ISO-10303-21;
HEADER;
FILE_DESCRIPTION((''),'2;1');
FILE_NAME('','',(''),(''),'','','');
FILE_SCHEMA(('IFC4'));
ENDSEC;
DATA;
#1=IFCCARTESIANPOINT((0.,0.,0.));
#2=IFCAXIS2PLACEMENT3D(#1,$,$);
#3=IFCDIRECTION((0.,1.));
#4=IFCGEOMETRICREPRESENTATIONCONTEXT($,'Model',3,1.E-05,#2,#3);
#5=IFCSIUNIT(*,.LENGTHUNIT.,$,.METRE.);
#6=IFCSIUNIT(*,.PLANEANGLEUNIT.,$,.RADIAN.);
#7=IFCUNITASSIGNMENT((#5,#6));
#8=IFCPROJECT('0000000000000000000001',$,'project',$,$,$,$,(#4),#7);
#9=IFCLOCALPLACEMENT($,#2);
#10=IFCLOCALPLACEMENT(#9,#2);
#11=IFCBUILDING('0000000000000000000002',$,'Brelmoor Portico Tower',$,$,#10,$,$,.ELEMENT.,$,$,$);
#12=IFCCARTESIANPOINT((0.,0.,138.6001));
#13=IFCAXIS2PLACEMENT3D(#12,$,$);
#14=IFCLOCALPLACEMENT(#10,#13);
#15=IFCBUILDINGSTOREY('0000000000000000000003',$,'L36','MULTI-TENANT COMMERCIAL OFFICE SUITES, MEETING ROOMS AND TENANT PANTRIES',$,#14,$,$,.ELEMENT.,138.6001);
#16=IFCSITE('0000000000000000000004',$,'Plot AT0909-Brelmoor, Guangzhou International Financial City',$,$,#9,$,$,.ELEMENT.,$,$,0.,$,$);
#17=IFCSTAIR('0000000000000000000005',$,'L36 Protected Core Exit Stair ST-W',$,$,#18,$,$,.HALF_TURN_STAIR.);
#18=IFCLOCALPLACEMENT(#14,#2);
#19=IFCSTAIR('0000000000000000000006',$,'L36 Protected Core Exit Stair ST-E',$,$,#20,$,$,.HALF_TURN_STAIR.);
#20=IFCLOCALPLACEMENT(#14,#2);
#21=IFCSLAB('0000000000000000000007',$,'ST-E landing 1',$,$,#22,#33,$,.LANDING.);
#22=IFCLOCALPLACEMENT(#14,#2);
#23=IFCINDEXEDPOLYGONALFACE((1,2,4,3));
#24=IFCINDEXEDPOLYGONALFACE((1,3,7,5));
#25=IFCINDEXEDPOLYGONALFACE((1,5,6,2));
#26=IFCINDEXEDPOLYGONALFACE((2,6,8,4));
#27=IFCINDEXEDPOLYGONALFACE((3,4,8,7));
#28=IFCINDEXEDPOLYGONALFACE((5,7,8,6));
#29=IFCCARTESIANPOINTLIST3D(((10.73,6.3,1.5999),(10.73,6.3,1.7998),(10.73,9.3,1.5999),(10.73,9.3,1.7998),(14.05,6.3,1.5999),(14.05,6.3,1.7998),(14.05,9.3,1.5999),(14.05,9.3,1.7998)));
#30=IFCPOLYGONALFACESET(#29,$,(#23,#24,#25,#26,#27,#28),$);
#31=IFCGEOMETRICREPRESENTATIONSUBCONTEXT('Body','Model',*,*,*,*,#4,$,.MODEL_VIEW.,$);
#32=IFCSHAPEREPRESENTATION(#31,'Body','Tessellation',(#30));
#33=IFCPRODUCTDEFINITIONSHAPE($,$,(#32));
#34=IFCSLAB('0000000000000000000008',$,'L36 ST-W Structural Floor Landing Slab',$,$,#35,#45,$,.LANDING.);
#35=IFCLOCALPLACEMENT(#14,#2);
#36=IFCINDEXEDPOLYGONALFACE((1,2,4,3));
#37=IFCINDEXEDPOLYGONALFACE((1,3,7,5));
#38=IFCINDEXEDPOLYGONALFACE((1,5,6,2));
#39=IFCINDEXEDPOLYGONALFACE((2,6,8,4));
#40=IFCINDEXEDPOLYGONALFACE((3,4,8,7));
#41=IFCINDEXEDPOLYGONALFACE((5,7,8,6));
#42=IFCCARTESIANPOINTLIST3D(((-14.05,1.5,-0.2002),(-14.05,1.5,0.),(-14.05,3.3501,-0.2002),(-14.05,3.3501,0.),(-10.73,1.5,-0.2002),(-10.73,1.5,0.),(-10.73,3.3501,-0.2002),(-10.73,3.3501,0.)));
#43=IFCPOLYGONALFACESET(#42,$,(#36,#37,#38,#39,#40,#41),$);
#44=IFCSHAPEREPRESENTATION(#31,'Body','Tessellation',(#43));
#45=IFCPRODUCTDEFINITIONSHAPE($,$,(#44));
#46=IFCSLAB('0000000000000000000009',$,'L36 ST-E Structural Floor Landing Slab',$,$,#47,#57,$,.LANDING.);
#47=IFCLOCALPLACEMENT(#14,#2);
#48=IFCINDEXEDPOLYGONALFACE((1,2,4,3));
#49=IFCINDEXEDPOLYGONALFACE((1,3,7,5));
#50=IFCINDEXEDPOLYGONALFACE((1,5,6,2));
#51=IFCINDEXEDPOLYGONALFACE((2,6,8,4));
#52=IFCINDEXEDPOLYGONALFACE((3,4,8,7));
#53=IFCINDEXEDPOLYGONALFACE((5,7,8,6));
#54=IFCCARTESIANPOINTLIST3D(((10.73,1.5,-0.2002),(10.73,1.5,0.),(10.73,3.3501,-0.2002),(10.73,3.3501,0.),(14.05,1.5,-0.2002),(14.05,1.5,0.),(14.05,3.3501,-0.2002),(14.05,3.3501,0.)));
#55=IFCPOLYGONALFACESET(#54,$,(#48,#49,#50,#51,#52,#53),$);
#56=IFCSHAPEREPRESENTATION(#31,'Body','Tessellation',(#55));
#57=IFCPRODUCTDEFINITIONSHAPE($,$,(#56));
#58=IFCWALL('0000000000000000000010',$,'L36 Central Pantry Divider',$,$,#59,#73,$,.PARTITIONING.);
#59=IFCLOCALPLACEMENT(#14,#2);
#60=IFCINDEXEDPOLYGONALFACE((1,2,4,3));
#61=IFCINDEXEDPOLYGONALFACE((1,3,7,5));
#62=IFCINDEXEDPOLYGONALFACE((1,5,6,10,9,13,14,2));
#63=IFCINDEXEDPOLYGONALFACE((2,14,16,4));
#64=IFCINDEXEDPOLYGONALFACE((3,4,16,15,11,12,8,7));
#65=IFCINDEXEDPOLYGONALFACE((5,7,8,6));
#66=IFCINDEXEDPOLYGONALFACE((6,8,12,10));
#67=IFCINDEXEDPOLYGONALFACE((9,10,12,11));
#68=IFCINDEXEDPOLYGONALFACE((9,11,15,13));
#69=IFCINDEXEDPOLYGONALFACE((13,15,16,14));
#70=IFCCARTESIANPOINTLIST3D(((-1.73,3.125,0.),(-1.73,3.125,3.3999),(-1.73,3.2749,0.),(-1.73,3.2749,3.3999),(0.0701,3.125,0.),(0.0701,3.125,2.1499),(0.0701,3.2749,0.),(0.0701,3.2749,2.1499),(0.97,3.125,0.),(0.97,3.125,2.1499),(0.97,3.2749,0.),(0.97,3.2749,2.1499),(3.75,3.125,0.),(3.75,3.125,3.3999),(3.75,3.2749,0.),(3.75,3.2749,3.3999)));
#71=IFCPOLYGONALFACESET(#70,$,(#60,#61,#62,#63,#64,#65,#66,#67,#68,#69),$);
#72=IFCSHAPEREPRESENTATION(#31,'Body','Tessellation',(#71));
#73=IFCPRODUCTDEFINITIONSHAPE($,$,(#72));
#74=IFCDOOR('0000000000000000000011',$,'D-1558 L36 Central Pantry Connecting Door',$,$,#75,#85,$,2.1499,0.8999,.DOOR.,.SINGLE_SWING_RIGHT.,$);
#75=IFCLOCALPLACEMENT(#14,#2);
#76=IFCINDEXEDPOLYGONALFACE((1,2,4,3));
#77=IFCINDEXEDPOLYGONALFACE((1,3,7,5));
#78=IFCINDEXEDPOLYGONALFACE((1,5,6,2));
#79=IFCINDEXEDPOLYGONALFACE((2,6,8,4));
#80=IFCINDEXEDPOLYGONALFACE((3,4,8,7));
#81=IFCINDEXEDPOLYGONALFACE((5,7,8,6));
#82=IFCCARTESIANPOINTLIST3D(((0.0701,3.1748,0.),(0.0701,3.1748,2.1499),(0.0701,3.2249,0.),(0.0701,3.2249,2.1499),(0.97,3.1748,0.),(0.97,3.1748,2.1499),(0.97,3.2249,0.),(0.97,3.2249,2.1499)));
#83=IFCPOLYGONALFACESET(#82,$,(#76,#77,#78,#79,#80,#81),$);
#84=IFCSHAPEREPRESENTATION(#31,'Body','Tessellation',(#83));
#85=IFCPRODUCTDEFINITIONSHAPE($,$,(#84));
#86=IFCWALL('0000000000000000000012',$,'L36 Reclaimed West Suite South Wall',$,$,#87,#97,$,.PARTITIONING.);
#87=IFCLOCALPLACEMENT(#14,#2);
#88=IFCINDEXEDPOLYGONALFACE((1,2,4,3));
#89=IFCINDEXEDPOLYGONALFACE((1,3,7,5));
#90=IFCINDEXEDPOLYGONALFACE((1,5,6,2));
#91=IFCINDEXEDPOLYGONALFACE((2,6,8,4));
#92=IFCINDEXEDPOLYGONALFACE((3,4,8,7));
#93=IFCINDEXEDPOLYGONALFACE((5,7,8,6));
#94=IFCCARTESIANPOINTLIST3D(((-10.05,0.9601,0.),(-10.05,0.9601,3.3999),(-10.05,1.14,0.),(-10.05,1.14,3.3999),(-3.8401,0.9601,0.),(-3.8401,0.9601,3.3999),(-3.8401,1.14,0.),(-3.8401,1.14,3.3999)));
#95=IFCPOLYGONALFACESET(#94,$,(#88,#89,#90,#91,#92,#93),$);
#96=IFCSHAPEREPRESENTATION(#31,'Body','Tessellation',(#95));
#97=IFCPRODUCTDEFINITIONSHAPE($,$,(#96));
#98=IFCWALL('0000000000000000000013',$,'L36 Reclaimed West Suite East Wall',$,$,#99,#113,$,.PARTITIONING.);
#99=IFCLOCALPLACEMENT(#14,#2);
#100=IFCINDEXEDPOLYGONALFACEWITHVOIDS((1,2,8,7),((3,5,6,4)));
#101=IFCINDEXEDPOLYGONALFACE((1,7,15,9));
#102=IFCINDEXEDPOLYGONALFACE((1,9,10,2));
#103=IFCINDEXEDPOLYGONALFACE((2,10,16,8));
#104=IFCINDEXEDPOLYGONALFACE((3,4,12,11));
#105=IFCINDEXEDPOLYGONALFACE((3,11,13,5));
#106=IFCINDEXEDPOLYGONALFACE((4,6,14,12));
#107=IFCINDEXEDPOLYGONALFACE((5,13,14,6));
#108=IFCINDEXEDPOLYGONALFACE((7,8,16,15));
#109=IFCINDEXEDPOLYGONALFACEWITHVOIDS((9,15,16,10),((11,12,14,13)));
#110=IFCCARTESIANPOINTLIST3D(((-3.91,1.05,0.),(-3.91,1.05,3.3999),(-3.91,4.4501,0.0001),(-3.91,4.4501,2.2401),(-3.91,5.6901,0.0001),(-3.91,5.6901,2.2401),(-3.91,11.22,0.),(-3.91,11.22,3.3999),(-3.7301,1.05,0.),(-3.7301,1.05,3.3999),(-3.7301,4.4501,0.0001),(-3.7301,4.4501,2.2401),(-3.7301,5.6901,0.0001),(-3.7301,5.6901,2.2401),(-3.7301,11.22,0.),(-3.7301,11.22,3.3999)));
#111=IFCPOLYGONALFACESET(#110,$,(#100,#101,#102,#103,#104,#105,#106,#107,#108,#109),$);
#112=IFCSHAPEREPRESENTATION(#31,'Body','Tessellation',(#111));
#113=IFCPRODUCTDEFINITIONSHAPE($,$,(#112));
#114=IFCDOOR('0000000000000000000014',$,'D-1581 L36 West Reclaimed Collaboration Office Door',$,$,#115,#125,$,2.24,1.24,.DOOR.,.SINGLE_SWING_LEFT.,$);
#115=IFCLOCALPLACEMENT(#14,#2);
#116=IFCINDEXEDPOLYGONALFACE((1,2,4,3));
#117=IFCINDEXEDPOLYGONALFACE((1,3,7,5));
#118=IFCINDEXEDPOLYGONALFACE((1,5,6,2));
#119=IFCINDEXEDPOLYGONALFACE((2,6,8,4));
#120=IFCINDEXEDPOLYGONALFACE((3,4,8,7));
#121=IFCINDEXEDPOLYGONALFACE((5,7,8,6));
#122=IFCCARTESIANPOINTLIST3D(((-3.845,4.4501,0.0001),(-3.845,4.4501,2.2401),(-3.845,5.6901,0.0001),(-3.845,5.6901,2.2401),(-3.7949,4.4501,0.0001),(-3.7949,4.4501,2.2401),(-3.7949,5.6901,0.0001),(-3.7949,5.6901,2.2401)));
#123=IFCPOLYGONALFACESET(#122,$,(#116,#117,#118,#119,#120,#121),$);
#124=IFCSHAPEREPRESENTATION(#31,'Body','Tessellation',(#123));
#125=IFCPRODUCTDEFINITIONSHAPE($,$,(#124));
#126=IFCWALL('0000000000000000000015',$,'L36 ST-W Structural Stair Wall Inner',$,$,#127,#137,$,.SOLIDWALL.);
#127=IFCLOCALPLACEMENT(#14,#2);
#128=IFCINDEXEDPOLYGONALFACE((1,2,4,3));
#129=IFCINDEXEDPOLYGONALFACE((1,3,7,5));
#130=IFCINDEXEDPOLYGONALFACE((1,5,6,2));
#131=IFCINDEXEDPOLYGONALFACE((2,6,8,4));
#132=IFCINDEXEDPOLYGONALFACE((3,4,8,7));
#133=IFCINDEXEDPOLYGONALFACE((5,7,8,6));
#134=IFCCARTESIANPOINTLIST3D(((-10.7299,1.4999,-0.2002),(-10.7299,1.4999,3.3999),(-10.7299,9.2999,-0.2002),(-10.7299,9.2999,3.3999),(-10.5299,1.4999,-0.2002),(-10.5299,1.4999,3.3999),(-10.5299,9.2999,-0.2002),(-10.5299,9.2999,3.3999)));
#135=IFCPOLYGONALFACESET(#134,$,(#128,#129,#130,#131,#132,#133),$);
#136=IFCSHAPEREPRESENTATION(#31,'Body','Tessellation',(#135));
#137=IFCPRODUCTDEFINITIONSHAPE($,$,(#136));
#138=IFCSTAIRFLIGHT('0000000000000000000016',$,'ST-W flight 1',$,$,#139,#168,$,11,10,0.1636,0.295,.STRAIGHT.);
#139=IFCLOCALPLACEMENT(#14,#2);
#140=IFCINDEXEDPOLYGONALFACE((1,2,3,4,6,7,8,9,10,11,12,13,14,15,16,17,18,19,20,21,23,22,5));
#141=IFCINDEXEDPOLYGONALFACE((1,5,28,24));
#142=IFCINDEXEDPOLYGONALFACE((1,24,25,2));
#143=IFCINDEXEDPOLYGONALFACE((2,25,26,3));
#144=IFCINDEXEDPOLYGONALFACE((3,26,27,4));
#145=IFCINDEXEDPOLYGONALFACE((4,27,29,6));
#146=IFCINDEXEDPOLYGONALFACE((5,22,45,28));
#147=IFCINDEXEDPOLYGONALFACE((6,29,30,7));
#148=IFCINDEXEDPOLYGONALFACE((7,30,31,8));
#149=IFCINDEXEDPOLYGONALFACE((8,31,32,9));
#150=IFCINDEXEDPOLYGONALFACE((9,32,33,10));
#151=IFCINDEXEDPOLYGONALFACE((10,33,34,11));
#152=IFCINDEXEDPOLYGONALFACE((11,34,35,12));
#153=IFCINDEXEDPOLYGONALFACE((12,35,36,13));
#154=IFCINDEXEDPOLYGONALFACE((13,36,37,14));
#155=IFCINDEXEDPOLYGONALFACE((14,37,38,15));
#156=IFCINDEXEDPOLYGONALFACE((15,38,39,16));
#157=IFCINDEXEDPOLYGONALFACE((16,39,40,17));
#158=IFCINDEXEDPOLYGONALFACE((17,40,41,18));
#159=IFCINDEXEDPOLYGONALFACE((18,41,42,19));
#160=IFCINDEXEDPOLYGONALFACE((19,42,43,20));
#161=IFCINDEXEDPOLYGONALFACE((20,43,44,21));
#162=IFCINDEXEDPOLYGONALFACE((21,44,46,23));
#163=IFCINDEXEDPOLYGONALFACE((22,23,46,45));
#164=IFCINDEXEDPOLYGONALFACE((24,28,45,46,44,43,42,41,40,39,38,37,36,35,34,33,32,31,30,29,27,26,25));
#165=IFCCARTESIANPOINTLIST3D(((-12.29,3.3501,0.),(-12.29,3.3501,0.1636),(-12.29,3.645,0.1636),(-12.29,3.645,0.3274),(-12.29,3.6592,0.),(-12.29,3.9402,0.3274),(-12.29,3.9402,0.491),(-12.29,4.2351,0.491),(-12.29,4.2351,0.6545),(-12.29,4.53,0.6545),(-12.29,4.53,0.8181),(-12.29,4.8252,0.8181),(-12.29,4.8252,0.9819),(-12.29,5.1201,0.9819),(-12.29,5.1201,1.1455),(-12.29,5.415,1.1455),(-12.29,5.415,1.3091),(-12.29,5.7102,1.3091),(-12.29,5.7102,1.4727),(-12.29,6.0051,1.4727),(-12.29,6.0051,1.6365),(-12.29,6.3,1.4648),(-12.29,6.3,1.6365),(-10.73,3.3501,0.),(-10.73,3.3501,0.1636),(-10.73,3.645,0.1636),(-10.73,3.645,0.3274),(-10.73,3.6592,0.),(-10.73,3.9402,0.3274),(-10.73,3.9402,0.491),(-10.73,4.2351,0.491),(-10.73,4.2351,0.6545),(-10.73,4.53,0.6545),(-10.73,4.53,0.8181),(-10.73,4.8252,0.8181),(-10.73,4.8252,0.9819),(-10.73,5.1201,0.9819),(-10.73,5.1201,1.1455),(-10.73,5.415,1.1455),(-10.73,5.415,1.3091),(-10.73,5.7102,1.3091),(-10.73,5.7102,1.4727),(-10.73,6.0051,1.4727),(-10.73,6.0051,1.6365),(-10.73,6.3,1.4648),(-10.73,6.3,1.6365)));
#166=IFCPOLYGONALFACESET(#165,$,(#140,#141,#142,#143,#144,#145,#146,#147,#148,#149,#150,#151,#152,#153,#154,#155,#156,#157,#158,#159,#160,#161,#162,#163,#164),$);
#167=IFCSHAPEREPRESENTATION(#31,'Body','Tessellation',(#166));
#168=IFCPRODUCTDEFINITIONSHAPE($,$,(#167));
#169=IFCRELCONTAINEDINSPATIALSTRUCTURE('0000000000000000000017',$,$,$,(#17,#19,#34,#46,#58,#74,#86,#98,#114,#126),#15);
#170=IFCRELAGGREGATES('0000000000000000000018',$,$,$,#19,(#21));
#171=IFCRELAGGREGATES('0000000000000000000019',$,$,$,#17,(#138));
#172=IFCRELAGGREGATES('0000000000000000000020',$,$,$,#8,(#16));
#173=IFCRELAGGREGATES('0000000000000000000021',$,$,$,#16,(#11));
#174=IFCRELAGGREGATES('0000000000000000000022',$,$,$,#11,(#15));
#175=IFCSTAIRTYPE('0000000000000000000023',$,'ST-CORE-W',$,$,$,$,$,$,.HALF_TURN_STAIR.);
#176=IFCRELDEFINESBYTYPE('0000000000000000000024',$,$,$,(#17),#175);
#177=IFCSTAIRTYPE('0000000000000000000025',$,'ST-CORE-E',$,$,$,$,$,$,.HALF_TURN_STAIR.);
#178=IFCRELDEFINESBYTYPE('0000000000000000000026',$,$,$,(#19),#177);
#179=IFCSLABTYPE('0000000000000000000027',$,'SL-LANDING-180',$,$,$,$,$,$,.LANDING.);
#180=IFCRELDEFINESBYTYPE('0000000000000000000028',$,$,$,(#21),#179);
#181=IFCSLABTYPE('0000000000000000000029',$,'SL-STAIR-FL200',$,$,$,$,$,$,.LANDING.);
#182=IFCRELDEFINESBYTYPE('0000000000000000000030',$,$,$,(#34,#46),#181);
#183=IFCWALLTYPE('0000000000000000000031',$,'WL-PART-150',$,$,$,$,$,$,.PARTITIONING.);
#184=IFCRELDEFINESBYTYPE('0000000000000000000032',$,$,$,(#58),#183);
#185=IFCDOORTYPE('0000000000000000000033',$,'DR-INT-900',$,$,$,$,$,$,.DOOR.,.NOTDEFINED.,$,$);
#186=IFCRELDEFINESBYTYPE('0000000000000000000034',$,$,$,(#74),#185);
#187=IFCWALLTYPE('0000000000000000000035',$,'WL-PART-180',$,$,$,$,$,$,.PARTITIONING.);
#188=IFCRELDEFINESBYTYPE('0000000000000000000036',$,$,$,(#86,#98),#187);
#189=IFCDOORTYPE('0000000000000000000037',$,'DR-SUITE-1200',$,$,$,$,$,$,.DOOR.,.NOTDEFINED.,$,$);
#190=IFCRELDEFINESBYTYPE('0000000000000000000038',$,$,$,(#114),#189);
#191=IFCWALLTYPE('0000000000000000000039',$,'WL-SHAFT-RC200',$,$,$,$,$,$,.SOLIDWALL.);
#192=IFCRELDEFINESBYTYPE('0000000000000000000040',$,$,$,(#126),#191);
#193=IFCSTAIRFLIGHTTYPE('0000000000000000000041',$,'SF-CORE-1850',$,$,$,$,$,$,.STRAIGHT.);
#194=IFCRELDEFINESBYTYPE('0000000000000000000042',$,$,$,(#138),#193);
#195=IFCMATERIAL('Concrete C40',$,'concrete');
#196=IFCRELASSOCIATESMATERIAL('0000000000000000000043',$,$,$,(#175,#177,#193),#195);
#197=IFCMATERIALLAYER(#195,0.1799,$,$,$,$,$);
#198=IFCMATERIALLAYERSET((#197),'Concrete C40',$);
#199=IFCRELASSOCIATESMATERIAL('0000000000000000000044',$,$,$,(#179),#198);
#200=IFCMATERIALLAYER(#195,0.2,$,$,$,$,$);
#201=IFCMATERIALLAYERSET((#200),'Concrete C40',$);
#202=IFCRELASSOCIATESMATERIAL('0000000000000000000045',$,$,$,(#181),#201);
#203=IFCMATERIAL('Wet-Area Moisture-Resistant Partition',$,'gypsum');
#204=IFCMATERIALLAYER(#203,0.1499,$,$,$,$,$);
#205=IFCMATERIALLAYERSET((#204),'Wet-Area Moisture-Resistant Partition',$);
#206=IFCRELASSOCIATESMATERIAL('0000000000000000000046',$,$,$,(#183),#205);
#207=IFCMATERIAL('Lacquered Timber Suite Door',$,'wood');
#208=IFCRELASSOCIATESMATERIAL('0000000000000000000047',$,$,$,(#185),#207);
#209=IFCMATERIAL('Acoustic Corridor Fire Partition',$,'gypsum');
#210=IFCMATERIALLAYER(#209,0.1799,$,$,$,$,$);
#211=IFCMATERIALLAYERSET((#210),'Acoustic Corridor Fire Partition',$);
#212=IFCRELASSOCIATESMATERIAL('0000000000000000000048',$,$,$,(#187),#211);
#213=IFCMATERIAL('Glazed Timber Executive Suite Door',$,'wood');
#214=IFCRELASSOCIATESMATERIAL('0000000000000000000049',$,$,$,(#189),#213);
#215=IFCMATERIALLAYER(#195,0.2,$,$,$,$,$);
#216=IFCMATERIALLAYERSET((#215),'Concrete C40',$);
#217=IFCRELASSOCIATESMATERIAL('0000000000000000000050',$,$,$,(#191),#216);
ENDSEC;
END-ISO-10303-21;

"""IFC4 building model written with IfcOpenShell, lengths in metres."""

from ifc_helpers import new_model, si_unit, direction, frame, frame_2d, origin, place, context, subcontext, project, spatial, polyline, rectangle, outline, extrude, material, layer, layer_set, type_object, element, fill, aggregate, save


model = new_model("IFC4")

# Units and contexts
model_context = context("Model", 3, precision=1e-05, world=origin(), true_north=direction((0.0, 1.0)))
body_context = subcontext(model_context, "Body", "Model", "MODEL_VIEW")
ifc_project = project(units=[si_unit("LENGTHUNIT", "METRE"), si_unit("PLANEANGLEUNIT", "RADIAN")], contexts=[model_context])

# Site, building, storey
site_placement = place(None, origin())
site = spatial("IfcSite", under=ifc_project, at=site_placement, Name="Plot AT0909-Brelmoor, Guangzhou International Financial City", CompositionType="ELEMENT", RefElevation=0.0)
building_placement = place(site_placement, origin())
building = spatial("IfcBuilding", under=site, at=building_placement, Name="Brelmoor Portico Tower", CompositionType="ELEMENT")
storey_placement = place(building_placement, frame((0.0, 0.0, 138.6001)))
storey = spatial("IfcBuildingStorey", under=building, at=storey_placement, Name="L36", Description="MULTI-TENANT COMMERCIAL OFFICE SUITES, MEETING ROOMS AND TENANT PANTRIES", CompositionType="ELEMENT", Elevation=138.6001)

# Shared definitions
ifc_material_1 = material(Name="Concrete C40", Category="concrete")

# Stairs, slab
stair_type_1 = type_object("IfcStairType", Name="ST-CORE-W", PredefinedType="HALF_TURN_STAIR", material=ifc_material_1)
stair_1_placement = place(storey_placement, origin())
stair_1 = element("IfcStair", 1, at=stair_1_placement, inside=storey, type_object=stair_type_1, Name="L36 Protected Core Exit Stair ST-W", PredefinedType="HALF_TURN_STAIR")
ifc_layer_1 = layer(ifc_material_1, 0.1799)
ifc_layer_set_1 = layer_set([ifc_layer_1], Name="Concrete C40")
slab_type_1 = type_object("IfcSlabType", Name="SL-LANDING-180", PredefinedType="LANDING", material=ifc_layer_set_1)
stair_type_2 = type_object("IfcStairType", Name="ST-CORE-E", PredefinedType="HALF_TURN_STAIR", material=ifc_material_1)
stair_2_placement = place(storey_placement, origin())
stair_2 = element("IfcStair", 2, at=stair_2_placement, inside=storey, type_object=stair_type_2, Name="L36 Protected Core Exit Stair ST-E", PredefinedType="HALF_TURN_STAIR")
slab_1_placement = place(storey_placement, frame((0.0, 0.0, 1.5999)))
slab_1 = element("IfcSlab", 3, at=slab_1_placement, type_object=slab_type_1, Name="ST-E landing 1", PredefinedType="LANDING", context=body_context, shape_type="SweptSolid", body=[
    extrude(outline(polyline([(14.05, 6.3), (14.05, 9.3), (10.73, 9.3), (10.73, 6.3), (14.05, 6.3)])), origin(), (0.0, 0.0, 1.0), 0.2),
])
aggregate(stair_2, [slab_1])

# Slabs
ifc_layer_2 = layer(ifc_material_1, 0.2)
ifc_layer_set_2 = layer_set([ifc_layer_2], Name="Concrete C40")
slab_type_2 = type_object("IfcSlabType", Name="SL-STAIR-FL200", PredefinedType="LANDING", material=ifc_layer_set_2)
slab_2_placement = place(storey_placement, frame((0.0, 0.0, -0.2002)))
element("IfcSlab", 4, at=slab_2_placement, inside=storey, type_object=slab_type_2, Name="L36 ST-W Structural Floor Landing Slab", PredefinedType="LANDING", context=body_context, shape_type="SweptSolid", body=[
    extrude(outline(polyline([(-10.73, 1.5), (-10.73, 3.3501), (-14.05, 3.3501), (-14.05, 1.5), (-10.73, 1.5)])), origin(), (0.0, 0.0, 1.0), 0.2002),
])
slab_3_placement = place(storey_placement, frame((0.0, 0.0, -0.2002)))
element("IfcSlab", 5, at=slab_3_placement, inside=storey, type_object=slab_type_2, Name="L36 ST-E Structural Floor Landing Slab", PredefinedType="LANDING", context=body_context, shape_type="SweptSolid", body=[
    extrude(outline(polyline([(14.05, 1.5), (14.05, 3.3501), (10.73, 3.3501), (10.73, 1.5), (14.05, 1.5)])), origin(), (0.0, 0.0, 1.0), 0.2002),
])

# Wall, opening, door
ifc_material_2 = material(Name="Wet-Area Moisture-Resistant Partition", Category="gypsum")
ifc_layer_3 = layer(ifc_material_2, 0.1499)
ifc_layer_set_3 = layer_set([ifc_layer_3], Name="Wet-Area Moisture-Resistant Partition")
wall_type_1 = type_object("IfcWallType", Name="WL-PART-150", PredefinedType="PARTITIONING", material=ifc_layer_set_3)
wall_1_placement = place(storey_placement, frame((-1.73, 3.2, 0.0), z_axis=(0.0, 0.0, 1.0), x_axis=(1.0, 0.0, 0.0)))
wall_1 = element("IfcWall", 6, at=wall_1_placement, inside=storey, type_object=wall_type_1, Name="L36 Central Pantry Divider", PredefinedType="PARTITIONING", context=body_context, shape_type="SweptSolid", body=[
    extrude(rectangle(XDim=5.48, YDim=0.1499, at=frame_2d((2.74, 0.0))), origin(), (0.0, 0.0, 1.0), 3.3999),
])
opening_1_placement = place(wall_1_placement, frame((1.8, 0.0, 0.0)))
opening_1 = element("IfcOpeningElement", 7, at=opening_1_placement, cuts=wall_1, PredefinedType="OPENING", context=body_context, shape_type="SweptSolid", body=[
    extrude(rectangle(XDim=0.8999, YDim=2.1499, at=frame_2d((0.45, 1.075))), frame((0.0, 0.085, 0.0), z_axis=(0.0, -1.0, 0.0), x_axis=(1.0, 0.0, 0.0)), (0.0, 0.0, 1.0), 0.1699),
])
ifc_material_3 = material(Name="Lacquered Timber Suite Door", Category="wood")
door_type_1 = type_object("IfcDoorType", Name="DR-INT-900", OperationType="NOTDEFINED", PredefinedType="DOOR", material=ifc_material_3)
door_1_placement = place(opening_1_placement, origin())
door_1 = element("IfcDoor", 8, at=door_1_placement, inside=storey, type_object=door_type_1, Name="D-1558 L36 Central Pantry Connecting Door", OperationType="SINGLE_SWING_RIGHT", OverallHeight=2.1499, OverallWidth=0.8999, PredefinedType="DOOR", context=body_context, shape_type="SweptSolid", body=[
    extrude(rectangle(XDim=0.8999, YDim=2.1499, at=frame_2d((0.45, 1.075))), frame((0.0, 0.0249, 0.0), z_axis=(0.0, -1.0, 0.0), x_axis=(1.0, 0.0, 0.0)), (0.0, 0.0, 1.0), 0.05),
])
fill(opening_1, door_1)

# Wall
ifc_material_4 = material(Name="Acoustic Corridor Fire Partition", Category="gypsum")
ifc_layer_4 = layer(ifc_material_4, 0.1799)
ifc_layer_set_4 = layer_set([ifc_layer_4], Name="Acoustic Corridor Fire Partition")
wall_type_2 = type_object("IfcWallType", Name="WL-PART-180", PredefinedType="PARTITIONING", material=ifc_layer_set_4)
wall_2_placement = place(storey_placement, frame((-10.05, 1.05, 0.0), z_axis=(0.0, 0.0, 1.0), x_axis=(1.0, 0.0, 0.0)))
element("IfcWall", 9, at=wall_2_placement, inside=storey, type_object=wall_type_2, Name="L36 Reclaimed West Suite South Wall", PredefinedType="PARTITIONING", context=body_context, shape_type="SweptSolid", body=[
    extrude(rectangle(XDim=6.21, YDim=0.1799, at=frame_2d((3.105, 0.0))), origin(), (0.0, 0.0, 1.0), 3.3999),
])

# Wall, opening, door
wall_3_placement = place(storey_placement, frame((-3.8201, 1.05, 0.0), z_axis=(0.0, 0.0, 1.0), x_axis=(0.0, 1.0, 0.0)))
wall_3 = element("IfcWall", 10, at=wall_3_placement, inside=storey, type_object=wall_type_2, Name="L36 Reclaimed West Suite East Wall", PredefinedType="PARTITIONING", context=body_context, shape_type="SweptSolid", body=[
    extrude(rectangle(XDim=10.1699, YDim=0.1799, at=frame_2d((5.085, 0.0))), origin(), (0.0, 0.0, 1.0), 3.3999),
])
opening_2_placement = place(wall_3_placement, frame((3.3999, 0.0, 0.0)))
opening_2 = element("IfcOpeningElement", 11, at=opening_2_placement, cuts=wall_3, PredefinedType="OPENING", context=body_context, shape_type="SweptSolid", body=[
    extrude(rectangle(XDim=1.24, YDim=2.24, at=frame_2d((0.6201, 1.1201))), frame((0.0, 0.0999, 0.0), z_axis=(0.0, -1.0, 0.0), x_axis=(1.0, 0.0, 0.0)), (0.0, 0.0, 1.0), 0.2),
])
ifc_material_5 = material(Name="Glazed Timber Executive Suite Door", Category="wood")
door_type_2 = type_object("IfcDoorType", Name="DR-SUITE-1200", OperationType="NOTDEFINED", PredefinedType="DOOR", material=ifc_material_5)
door_2_placement = place(opening_2_placement, origin())
door_2 = element("IfcDoor", 12, at=door_2_placement, inside=storey, type_object=door_type_2, Name="D-1581 L36 West Reclaimed Collaboration Office Door", OperationType="SINGLE_SWING_LEFT", OverallHeight=2.24, OverallWidth=1.24, PredefinedType="DOOR", context=body_context, shape_type="SweptSolid", body=[
    extrude(rectangle(XDim=1.24, YDim=2.24, at=frame_2d((0.6201, 1.1201))), frame((0.0, 0.0249, 0.0), z_axis=(0.0, -1.0, 0.0), x_axis=(1.0, 0.0, 0.0)), (0.0, 0.0, 1.0), 0.05),
])
fill(opening_2, door_2)

# Wall
ifc_layer_5 = layer(ifc_material_1, 0.2)
ifc_layer_set_5 = layer_set([ifc_layer_5], Name="Concrete C40")
wall_type_3 = type_object("IfcWallType", Name="WL-SHAFT-RC200", PredefinedType="SOLIDWALL", material=ifc_layer_set_5)
wall_4_placement = place(storey_placement, frame((-10.6299, 1.5, -0.2002), z_axis=(0.0, 0.0, 1.0), x_axis=(0.0, 1.0, 0.0)))
element("IfcWall", 13, at=wall_4_placement, inside=storey, type_object=wall_type_3, Name="L36 ST-W Structural Stair Wall Inner", PredefinedType="SOLIDWALL", context=body_context, shape_type="SweptSolid", body=[
    extrude(rectangle(XDim=7.8, YDim=0.2, at=frame_2d((3.8999, 0.0))), origin(), (0.0, 0.0, 1.0), 3.6001),
])

# Stair flight
stair_flight_type = type_object("IfcStairFlightType", Name="SF-CORE-1850", PredefinedType="STRAIGHT", material=ifc_material_1)
stair_flight_1_placement = place(storey_placement, frame((-11.51, 3.3501, 0.0), z_axis=(0.0, 0.0, 1.0), x_axis=(0.0, 1.0, 0.0)))
stair_flight_1 = element("IfcStairFlight", 14, at=stair_flight_1_placement, type_object=stair_flight_type, Name="ST-W flight 1", NumberOfRisers=11, NumberOfTreads=10, PredefinedType="STRAIGHT", RiserHeight=0.1636, TreadLength=0.295, context=body_context, shape_type="SweptSolid", body=[
    extrude(outline(polyline([(0.0, 0.0), (0.0, 0.1636), (0.2949, 0.1636), (0.2949, 0.3274), (0.5901, 0.3274), (0.5901, 0.491), (0.885, 0.491), (0.885, 0.6545), (1.1799, 0.6545), (1.1799, 0.8181), (1.4751, 0.8181), (1.4751, 0.9819), (1.77, 0.9819), (1.77, 1.1455), (2.0649, 1.1455), (2.0649, 1.3091), (2.3601, 1.3091), (2.3601, 1.4727), (2.655, 1.4727), (2.655, 1.6365), (2.95, 1.6365), (2.95, 1.8), (2.95, 1.4648), (0.3091, 0.0), (0.0, 0.0)])), frame((0.0, 0.78, 0.0), z_axis=(0.0, -1.0, 0.0), x_axis=(1.0, 0.0, 0.0)), (0.0, 0.0, 1.0), 1.5601),
])
aggregate(stair_1, [stair_flight_1])

save(model, "model.ifc")
